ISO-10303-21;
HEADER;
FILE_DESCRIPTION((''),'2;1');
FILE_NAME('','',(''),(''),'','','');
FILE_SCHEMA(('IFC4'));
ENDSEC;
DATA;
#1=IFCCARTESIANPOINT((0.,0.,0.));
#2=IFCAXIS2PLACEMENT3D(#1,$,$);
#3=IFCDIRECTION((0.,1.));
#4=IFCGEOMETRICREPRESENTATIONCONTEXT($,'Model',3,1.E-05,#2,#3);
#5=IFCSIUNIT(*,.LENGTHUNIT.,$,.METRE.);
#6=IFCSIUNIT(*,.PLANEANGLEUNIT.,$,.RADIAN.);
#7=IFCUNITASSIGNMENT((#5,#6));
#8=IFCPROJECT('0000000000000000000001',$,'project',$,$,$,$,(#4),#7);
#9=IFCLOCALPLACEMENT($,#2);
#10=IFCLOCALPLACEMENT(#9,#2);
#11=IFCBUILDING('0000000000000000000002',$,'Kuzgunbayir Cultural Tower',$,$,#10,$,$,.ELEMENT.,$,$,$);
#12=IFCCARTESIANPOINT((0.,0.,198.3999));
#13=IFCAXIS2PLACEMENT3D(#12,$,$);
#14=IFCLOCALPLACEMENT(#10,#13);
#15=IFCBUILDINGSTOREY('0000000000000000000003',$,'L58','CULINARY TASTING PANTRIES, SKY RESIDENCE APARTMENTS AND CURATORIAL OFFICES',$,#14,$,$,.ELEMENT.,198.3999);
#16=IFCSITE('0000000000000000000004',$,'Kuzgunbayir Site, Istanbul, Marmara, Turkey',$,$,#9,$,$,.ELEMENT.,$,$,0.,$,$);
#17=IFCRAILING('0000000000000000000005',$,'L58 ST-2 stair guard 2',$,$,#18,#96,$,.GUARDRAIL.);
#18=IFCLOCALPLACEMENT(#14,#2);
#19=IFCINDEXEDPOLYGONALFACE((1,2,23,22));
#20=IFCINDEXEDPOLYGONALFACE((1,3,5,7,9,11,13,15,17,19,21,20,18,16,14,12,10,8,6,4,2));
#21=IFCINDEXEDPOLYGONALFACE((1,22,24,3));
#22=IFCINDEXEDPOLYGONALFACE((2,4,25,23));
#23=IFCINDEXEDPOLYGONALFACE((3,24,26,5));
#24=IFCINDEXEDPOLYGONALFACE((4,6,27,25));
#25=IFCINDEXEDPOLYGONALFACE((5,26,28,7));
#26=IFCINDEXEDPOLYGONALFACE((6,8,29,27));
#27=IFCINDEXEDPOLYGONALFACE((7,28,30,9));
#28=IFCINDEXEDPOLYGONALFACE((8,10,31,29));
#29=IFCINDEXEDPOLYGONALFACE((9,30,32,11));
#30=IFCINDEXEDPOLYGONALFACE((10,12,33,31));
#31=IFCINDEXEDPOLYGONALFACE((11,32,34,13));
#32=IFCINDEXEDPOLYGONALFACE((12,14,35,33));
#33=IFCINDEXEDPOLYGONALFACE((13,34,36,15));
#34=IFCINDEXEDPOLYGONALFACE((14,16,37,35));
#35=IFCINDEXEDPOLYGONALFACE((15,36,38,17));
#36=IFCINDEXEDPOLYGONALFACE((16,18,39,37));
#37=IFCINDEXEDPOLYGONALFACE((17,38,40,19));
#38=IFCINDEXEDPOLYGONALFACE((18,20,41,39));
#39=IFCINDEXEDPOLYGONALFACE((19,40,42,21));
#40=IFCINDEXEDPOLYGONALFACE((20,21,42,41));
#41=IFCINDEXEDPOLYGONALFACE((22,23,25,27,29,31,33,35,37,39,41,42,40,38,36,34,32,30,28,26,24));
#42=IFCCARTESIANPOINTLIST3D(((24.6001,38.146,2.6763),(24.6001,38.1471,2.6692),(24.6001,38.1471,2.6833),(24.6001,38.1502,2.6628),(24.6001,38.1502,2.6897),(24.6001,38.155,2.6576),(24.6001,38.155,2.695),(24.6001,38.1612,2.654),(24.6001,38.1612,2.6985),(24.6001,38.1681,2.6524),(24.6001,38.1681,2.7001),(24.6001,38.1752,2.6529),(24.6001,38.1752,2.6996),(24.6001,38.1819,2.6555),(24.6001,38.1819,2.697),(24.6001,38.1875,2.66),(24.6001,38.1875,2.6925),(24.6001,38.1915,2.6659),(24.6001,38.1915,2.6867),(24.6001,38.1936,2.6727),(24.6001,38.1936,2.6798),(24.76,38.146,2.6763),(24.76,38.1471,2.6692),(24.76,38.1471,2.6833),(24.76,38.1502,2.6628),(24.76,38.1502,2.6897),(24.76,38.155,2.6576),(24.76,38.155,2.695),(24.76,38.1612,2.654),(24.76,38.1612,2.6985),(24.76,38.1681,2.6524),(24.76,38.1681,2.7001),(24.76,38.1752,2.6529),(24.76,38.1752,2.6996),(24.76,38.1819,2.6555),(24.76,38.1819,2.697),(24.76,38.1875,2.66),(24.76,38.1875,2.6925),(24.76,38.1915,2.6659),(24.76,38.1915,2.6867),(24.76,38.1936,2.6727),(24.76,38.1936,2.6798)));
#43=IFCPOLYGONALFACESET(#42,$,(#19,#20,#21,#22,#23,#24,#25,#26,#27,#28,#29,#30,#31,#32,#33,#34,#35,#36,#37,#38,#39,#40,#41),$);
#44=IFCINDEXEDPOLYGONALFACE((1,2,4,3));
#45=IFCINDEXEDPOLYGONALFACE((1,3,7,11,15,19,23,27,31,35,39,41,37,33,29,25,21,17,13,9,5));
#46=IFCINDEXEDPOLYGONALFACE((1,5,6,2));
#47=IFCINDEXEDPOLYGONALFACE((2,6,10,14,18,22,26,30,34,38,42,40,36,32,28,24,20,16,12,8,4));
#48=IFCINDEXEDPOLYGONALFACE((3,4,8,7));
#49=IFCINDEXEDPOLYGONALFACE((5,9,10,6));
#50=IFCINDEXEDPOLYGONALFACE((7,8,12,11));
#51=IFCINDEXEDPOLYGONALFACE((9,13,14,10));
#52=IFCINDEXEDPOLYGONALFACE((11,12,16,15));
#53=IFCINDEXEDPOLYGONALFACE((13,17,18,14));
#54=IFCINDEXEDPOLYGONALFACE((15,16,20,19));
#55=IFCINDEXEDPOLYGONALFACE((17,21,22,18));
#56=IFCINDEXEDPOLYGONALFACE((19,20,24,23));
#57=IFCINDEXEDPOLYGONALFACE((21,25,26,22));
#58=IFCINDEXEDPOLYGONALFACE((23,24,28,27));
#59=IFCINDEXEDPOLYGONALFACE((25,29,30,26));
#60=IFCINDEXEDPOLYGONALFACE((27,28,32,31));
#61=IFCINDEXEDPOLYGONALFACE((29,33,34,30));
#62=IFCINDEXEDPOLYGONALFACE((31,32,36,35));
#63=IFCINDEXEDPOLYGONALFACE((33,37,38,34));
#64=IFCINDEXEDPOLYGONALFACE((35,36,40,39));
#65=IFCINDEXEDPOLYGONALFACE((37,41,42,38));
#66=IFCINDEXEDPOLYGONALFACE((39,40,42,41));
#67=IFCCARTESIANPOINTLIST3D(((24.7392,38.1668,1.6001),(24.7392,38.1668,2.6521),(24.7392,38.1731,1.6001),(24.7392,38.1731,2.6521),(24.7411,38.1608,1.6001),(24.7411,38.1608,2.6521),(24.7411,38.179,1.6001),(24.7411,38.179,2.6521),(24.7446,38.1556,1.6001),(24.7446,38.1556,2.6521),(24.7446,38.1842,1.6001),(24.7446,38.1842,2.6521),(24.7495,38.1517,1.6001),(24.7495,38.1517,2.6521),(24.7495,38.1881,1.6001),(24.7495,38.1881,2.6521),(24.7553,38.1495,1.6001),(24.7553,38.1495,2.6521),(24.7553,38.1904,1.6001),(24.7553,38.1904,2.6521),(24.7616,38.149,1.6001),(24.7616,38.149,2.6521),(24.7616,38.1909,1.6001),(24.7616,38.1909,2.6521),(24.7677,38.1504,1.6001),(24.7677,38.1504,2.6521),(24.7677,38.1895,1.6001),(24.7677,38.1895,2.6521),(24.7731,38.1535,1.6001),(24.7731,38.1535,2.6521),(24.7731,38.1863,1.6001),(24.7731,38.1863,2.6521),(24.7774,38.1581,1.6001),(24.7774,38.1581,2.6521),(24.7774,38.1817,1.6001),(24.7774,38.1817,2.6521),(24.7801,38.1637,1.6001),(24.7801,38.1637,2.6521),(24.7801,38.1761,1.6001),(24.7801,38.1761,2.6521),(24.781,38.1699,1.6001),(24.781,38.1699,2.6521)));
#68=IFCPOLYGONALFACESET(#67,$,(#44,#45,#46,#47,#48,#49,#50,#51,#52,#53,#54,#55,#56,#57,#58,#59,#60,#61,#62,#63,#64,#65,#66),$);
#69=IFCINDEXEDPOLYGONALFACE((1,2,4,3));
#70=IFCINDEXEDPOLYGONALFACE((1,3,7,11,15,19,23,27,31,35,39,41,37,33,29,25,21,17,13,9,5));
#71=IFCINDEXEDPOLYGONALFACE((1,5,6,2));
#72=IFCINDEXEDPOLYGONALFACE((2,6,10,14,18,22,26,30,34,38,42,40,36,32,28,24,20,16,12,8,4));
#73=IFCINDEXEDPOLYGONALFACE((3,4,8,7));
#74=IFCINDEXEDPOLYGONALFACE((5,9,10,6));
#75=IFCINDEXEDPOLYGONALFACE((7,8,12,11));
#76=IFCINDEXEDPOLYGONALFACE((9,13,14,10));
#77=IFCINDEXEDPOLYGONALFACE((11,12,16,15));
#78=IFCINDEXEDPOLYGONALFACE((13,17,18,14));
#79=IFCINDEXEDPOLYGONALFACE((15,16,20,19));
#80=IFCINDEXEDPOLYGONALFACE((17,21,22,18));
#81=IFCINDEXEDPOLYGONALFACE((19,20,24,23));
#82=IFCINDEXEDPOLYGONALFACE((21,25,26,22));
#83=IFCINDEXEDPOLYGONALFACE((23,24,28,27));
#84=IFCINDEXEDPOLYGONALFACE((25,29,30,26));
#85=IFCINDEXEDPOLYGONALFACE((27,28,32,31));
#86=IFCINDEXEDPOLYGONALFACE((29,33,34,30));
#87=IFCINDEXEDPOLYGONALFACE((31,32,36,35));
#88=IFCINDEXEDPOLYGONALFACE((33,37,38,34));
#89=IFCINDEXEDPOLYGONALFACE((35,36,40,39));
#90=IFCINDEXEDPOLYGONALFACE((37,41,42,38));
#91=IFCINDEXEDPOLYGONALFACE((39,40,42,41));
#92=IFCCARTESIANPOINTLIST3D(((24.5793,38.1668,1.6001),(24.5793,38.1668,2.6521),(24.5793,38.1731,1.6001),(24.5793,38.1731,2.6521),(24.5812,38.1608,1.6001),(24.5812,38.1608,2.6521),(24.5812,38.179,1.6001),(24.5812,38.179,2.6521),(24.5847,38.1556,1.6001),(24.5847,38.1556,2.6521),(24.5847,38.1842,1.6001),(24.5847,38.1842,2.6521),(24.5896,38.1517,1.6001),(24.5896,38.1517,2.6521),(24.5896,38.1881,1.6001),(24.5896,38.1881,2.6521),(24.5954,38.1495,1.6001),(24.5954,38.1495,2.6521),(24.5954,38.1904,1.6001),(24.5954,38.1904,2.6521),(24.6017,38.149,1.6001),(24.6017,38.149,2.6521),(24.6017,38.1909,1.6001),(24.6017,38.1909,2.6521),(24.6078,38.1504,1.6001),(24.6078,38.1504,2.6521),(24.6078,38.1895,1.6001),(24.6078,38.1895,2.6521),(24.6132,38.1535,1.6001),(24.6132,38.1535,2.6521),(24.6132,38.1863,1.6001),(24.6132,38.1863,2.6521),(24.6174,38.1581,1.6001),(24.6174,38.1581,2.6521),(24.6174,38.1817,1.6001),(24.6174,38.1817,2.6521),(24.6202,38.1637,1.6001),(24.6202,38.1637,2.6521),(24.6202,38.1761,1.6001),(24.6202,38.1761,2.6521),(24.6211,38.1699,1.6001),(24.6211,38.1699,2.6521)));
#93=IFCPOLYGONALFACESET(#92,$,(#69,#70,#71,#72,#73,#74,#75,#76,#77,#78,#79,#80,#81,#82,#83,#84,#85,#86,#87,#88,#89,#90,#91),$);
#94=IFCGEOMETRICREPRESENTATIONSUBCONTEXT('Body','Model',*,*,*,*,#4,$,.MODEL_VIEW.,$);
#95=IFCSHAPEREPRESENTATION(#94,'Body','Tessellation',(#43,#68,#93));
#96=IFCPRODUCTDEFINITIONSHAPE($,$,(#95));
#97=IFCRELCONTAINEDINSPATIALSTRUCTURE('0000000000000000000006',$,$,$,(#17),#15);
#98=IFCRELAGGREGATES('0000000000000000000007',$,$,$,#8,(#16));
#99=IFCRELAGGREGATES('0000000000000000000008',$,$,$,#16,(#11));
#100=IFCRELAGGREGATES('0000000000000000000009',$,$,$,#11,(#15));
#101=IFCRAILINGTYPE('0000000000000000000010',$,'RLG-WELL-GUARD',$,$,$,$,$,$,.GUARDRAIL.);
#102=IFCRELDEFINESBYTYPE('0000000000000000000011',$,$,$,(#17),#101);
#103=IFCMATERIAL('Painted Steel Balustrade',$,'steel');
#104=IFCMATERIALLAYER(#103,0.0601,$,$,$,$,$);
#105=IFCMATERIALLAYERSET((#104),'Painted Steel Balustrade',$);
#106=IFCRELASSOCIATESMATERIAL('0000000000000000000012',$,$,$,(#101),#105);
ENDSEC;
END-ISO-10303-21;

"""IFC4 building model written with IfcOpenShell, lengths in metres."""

from ifc_helpers import new_model, si_unit, direction, frame, origin, origin_2d, place, context, subcontext, project, spatial, circle, extrude, material, layer, layer_set, type_object, element, save


model = new_model("IFC4")

# Units and contexts
model_context = context("Model", 3, precision=1e-05, world=origin(), true_north=direction((0.0, 1.0)))
body_context = subcontext(model_context, "Body", "Model", "MODEL_VIEW")
ifc_project = project(units=[si_unit("LENGTHUNIT", "METRE"), si_unit("PLANEANGLEUNIT", "RADIAN")], contexts=[model_context])

# Site, building, storey
site_placement = place(None, origin())
site = spatial("IfcSite", under=ifc_project, at=site_placement, Name="Kuzgunbayir Site, Istanbul, Marmara, Turkey", CompositionType="ELEMENT", RefElevation=0.0)
building_placement = place(site_placement, origin())
building = spatial("IfcBuilding", under=site, at=building_placement, Name="Kuzgunbayir Cultural Tower", CompositionType="ELEMENT")
storey_placement = place(building_placement, frame((0.0, 0.0, 198.3999)))
storey = spatial("IfcBuildingStorey", under=building, at=storey_placement, Name="L58", Description="CULINARY TASTING PANTRIES, SKY RESIDENCE APARTMENTS AND CURATORIAL OFFICES", CompositionType="ELEMENT", Elevation=198.3999)

# Railing
ifc_material_1 = material(Name="Painted Steel Balustrade", Category="steel")
ifc_layer_1 = layer(ifc_material_1, 0.0601)
ifc_layer_set_1 = layer_set([ifc_layer_1], Name="Painted Steel Balustrade")
railing_type_1 = type_object("IfcRailingType", Name="RLG-WELL-GUARD", PredefinedType="GUARDRAIL", material=ifc_layer_set_1)
railing_1_placement = place(storey_placement, frame((24.76, 38.1699, 1.6001)))
element("IfcRailing", 1, at=railing_1_placement, inside=storey, type_object=railing_type_1, Name="L58 ST-2 stair guard 2", PredefinedType="GUARDRAIL", context=body_context, shape_type="SweptSolid", body=[
    extrude(circle(Radius=0.0239, at=origin_2d()), frame((0.0, 0.0, 1.0762), z_axis=(-1.0, 0.0, 0.0), x_axis=(0.0, -1.0, 0.0)), (0.0, 0.0, 1.0), 0.1599),
    extrude(circle(Radius=0.021, at=origin_2d()), origin(), (0.0, 0.0, 1.0), 1.052),
    extrude(circle(Radius=0.021, at=origin_2d()), frame((-0.1599, 0.0, 0.0)), (0.0, 0.0, 1.0), 1.052),
])

save(model, "model.ifc")
